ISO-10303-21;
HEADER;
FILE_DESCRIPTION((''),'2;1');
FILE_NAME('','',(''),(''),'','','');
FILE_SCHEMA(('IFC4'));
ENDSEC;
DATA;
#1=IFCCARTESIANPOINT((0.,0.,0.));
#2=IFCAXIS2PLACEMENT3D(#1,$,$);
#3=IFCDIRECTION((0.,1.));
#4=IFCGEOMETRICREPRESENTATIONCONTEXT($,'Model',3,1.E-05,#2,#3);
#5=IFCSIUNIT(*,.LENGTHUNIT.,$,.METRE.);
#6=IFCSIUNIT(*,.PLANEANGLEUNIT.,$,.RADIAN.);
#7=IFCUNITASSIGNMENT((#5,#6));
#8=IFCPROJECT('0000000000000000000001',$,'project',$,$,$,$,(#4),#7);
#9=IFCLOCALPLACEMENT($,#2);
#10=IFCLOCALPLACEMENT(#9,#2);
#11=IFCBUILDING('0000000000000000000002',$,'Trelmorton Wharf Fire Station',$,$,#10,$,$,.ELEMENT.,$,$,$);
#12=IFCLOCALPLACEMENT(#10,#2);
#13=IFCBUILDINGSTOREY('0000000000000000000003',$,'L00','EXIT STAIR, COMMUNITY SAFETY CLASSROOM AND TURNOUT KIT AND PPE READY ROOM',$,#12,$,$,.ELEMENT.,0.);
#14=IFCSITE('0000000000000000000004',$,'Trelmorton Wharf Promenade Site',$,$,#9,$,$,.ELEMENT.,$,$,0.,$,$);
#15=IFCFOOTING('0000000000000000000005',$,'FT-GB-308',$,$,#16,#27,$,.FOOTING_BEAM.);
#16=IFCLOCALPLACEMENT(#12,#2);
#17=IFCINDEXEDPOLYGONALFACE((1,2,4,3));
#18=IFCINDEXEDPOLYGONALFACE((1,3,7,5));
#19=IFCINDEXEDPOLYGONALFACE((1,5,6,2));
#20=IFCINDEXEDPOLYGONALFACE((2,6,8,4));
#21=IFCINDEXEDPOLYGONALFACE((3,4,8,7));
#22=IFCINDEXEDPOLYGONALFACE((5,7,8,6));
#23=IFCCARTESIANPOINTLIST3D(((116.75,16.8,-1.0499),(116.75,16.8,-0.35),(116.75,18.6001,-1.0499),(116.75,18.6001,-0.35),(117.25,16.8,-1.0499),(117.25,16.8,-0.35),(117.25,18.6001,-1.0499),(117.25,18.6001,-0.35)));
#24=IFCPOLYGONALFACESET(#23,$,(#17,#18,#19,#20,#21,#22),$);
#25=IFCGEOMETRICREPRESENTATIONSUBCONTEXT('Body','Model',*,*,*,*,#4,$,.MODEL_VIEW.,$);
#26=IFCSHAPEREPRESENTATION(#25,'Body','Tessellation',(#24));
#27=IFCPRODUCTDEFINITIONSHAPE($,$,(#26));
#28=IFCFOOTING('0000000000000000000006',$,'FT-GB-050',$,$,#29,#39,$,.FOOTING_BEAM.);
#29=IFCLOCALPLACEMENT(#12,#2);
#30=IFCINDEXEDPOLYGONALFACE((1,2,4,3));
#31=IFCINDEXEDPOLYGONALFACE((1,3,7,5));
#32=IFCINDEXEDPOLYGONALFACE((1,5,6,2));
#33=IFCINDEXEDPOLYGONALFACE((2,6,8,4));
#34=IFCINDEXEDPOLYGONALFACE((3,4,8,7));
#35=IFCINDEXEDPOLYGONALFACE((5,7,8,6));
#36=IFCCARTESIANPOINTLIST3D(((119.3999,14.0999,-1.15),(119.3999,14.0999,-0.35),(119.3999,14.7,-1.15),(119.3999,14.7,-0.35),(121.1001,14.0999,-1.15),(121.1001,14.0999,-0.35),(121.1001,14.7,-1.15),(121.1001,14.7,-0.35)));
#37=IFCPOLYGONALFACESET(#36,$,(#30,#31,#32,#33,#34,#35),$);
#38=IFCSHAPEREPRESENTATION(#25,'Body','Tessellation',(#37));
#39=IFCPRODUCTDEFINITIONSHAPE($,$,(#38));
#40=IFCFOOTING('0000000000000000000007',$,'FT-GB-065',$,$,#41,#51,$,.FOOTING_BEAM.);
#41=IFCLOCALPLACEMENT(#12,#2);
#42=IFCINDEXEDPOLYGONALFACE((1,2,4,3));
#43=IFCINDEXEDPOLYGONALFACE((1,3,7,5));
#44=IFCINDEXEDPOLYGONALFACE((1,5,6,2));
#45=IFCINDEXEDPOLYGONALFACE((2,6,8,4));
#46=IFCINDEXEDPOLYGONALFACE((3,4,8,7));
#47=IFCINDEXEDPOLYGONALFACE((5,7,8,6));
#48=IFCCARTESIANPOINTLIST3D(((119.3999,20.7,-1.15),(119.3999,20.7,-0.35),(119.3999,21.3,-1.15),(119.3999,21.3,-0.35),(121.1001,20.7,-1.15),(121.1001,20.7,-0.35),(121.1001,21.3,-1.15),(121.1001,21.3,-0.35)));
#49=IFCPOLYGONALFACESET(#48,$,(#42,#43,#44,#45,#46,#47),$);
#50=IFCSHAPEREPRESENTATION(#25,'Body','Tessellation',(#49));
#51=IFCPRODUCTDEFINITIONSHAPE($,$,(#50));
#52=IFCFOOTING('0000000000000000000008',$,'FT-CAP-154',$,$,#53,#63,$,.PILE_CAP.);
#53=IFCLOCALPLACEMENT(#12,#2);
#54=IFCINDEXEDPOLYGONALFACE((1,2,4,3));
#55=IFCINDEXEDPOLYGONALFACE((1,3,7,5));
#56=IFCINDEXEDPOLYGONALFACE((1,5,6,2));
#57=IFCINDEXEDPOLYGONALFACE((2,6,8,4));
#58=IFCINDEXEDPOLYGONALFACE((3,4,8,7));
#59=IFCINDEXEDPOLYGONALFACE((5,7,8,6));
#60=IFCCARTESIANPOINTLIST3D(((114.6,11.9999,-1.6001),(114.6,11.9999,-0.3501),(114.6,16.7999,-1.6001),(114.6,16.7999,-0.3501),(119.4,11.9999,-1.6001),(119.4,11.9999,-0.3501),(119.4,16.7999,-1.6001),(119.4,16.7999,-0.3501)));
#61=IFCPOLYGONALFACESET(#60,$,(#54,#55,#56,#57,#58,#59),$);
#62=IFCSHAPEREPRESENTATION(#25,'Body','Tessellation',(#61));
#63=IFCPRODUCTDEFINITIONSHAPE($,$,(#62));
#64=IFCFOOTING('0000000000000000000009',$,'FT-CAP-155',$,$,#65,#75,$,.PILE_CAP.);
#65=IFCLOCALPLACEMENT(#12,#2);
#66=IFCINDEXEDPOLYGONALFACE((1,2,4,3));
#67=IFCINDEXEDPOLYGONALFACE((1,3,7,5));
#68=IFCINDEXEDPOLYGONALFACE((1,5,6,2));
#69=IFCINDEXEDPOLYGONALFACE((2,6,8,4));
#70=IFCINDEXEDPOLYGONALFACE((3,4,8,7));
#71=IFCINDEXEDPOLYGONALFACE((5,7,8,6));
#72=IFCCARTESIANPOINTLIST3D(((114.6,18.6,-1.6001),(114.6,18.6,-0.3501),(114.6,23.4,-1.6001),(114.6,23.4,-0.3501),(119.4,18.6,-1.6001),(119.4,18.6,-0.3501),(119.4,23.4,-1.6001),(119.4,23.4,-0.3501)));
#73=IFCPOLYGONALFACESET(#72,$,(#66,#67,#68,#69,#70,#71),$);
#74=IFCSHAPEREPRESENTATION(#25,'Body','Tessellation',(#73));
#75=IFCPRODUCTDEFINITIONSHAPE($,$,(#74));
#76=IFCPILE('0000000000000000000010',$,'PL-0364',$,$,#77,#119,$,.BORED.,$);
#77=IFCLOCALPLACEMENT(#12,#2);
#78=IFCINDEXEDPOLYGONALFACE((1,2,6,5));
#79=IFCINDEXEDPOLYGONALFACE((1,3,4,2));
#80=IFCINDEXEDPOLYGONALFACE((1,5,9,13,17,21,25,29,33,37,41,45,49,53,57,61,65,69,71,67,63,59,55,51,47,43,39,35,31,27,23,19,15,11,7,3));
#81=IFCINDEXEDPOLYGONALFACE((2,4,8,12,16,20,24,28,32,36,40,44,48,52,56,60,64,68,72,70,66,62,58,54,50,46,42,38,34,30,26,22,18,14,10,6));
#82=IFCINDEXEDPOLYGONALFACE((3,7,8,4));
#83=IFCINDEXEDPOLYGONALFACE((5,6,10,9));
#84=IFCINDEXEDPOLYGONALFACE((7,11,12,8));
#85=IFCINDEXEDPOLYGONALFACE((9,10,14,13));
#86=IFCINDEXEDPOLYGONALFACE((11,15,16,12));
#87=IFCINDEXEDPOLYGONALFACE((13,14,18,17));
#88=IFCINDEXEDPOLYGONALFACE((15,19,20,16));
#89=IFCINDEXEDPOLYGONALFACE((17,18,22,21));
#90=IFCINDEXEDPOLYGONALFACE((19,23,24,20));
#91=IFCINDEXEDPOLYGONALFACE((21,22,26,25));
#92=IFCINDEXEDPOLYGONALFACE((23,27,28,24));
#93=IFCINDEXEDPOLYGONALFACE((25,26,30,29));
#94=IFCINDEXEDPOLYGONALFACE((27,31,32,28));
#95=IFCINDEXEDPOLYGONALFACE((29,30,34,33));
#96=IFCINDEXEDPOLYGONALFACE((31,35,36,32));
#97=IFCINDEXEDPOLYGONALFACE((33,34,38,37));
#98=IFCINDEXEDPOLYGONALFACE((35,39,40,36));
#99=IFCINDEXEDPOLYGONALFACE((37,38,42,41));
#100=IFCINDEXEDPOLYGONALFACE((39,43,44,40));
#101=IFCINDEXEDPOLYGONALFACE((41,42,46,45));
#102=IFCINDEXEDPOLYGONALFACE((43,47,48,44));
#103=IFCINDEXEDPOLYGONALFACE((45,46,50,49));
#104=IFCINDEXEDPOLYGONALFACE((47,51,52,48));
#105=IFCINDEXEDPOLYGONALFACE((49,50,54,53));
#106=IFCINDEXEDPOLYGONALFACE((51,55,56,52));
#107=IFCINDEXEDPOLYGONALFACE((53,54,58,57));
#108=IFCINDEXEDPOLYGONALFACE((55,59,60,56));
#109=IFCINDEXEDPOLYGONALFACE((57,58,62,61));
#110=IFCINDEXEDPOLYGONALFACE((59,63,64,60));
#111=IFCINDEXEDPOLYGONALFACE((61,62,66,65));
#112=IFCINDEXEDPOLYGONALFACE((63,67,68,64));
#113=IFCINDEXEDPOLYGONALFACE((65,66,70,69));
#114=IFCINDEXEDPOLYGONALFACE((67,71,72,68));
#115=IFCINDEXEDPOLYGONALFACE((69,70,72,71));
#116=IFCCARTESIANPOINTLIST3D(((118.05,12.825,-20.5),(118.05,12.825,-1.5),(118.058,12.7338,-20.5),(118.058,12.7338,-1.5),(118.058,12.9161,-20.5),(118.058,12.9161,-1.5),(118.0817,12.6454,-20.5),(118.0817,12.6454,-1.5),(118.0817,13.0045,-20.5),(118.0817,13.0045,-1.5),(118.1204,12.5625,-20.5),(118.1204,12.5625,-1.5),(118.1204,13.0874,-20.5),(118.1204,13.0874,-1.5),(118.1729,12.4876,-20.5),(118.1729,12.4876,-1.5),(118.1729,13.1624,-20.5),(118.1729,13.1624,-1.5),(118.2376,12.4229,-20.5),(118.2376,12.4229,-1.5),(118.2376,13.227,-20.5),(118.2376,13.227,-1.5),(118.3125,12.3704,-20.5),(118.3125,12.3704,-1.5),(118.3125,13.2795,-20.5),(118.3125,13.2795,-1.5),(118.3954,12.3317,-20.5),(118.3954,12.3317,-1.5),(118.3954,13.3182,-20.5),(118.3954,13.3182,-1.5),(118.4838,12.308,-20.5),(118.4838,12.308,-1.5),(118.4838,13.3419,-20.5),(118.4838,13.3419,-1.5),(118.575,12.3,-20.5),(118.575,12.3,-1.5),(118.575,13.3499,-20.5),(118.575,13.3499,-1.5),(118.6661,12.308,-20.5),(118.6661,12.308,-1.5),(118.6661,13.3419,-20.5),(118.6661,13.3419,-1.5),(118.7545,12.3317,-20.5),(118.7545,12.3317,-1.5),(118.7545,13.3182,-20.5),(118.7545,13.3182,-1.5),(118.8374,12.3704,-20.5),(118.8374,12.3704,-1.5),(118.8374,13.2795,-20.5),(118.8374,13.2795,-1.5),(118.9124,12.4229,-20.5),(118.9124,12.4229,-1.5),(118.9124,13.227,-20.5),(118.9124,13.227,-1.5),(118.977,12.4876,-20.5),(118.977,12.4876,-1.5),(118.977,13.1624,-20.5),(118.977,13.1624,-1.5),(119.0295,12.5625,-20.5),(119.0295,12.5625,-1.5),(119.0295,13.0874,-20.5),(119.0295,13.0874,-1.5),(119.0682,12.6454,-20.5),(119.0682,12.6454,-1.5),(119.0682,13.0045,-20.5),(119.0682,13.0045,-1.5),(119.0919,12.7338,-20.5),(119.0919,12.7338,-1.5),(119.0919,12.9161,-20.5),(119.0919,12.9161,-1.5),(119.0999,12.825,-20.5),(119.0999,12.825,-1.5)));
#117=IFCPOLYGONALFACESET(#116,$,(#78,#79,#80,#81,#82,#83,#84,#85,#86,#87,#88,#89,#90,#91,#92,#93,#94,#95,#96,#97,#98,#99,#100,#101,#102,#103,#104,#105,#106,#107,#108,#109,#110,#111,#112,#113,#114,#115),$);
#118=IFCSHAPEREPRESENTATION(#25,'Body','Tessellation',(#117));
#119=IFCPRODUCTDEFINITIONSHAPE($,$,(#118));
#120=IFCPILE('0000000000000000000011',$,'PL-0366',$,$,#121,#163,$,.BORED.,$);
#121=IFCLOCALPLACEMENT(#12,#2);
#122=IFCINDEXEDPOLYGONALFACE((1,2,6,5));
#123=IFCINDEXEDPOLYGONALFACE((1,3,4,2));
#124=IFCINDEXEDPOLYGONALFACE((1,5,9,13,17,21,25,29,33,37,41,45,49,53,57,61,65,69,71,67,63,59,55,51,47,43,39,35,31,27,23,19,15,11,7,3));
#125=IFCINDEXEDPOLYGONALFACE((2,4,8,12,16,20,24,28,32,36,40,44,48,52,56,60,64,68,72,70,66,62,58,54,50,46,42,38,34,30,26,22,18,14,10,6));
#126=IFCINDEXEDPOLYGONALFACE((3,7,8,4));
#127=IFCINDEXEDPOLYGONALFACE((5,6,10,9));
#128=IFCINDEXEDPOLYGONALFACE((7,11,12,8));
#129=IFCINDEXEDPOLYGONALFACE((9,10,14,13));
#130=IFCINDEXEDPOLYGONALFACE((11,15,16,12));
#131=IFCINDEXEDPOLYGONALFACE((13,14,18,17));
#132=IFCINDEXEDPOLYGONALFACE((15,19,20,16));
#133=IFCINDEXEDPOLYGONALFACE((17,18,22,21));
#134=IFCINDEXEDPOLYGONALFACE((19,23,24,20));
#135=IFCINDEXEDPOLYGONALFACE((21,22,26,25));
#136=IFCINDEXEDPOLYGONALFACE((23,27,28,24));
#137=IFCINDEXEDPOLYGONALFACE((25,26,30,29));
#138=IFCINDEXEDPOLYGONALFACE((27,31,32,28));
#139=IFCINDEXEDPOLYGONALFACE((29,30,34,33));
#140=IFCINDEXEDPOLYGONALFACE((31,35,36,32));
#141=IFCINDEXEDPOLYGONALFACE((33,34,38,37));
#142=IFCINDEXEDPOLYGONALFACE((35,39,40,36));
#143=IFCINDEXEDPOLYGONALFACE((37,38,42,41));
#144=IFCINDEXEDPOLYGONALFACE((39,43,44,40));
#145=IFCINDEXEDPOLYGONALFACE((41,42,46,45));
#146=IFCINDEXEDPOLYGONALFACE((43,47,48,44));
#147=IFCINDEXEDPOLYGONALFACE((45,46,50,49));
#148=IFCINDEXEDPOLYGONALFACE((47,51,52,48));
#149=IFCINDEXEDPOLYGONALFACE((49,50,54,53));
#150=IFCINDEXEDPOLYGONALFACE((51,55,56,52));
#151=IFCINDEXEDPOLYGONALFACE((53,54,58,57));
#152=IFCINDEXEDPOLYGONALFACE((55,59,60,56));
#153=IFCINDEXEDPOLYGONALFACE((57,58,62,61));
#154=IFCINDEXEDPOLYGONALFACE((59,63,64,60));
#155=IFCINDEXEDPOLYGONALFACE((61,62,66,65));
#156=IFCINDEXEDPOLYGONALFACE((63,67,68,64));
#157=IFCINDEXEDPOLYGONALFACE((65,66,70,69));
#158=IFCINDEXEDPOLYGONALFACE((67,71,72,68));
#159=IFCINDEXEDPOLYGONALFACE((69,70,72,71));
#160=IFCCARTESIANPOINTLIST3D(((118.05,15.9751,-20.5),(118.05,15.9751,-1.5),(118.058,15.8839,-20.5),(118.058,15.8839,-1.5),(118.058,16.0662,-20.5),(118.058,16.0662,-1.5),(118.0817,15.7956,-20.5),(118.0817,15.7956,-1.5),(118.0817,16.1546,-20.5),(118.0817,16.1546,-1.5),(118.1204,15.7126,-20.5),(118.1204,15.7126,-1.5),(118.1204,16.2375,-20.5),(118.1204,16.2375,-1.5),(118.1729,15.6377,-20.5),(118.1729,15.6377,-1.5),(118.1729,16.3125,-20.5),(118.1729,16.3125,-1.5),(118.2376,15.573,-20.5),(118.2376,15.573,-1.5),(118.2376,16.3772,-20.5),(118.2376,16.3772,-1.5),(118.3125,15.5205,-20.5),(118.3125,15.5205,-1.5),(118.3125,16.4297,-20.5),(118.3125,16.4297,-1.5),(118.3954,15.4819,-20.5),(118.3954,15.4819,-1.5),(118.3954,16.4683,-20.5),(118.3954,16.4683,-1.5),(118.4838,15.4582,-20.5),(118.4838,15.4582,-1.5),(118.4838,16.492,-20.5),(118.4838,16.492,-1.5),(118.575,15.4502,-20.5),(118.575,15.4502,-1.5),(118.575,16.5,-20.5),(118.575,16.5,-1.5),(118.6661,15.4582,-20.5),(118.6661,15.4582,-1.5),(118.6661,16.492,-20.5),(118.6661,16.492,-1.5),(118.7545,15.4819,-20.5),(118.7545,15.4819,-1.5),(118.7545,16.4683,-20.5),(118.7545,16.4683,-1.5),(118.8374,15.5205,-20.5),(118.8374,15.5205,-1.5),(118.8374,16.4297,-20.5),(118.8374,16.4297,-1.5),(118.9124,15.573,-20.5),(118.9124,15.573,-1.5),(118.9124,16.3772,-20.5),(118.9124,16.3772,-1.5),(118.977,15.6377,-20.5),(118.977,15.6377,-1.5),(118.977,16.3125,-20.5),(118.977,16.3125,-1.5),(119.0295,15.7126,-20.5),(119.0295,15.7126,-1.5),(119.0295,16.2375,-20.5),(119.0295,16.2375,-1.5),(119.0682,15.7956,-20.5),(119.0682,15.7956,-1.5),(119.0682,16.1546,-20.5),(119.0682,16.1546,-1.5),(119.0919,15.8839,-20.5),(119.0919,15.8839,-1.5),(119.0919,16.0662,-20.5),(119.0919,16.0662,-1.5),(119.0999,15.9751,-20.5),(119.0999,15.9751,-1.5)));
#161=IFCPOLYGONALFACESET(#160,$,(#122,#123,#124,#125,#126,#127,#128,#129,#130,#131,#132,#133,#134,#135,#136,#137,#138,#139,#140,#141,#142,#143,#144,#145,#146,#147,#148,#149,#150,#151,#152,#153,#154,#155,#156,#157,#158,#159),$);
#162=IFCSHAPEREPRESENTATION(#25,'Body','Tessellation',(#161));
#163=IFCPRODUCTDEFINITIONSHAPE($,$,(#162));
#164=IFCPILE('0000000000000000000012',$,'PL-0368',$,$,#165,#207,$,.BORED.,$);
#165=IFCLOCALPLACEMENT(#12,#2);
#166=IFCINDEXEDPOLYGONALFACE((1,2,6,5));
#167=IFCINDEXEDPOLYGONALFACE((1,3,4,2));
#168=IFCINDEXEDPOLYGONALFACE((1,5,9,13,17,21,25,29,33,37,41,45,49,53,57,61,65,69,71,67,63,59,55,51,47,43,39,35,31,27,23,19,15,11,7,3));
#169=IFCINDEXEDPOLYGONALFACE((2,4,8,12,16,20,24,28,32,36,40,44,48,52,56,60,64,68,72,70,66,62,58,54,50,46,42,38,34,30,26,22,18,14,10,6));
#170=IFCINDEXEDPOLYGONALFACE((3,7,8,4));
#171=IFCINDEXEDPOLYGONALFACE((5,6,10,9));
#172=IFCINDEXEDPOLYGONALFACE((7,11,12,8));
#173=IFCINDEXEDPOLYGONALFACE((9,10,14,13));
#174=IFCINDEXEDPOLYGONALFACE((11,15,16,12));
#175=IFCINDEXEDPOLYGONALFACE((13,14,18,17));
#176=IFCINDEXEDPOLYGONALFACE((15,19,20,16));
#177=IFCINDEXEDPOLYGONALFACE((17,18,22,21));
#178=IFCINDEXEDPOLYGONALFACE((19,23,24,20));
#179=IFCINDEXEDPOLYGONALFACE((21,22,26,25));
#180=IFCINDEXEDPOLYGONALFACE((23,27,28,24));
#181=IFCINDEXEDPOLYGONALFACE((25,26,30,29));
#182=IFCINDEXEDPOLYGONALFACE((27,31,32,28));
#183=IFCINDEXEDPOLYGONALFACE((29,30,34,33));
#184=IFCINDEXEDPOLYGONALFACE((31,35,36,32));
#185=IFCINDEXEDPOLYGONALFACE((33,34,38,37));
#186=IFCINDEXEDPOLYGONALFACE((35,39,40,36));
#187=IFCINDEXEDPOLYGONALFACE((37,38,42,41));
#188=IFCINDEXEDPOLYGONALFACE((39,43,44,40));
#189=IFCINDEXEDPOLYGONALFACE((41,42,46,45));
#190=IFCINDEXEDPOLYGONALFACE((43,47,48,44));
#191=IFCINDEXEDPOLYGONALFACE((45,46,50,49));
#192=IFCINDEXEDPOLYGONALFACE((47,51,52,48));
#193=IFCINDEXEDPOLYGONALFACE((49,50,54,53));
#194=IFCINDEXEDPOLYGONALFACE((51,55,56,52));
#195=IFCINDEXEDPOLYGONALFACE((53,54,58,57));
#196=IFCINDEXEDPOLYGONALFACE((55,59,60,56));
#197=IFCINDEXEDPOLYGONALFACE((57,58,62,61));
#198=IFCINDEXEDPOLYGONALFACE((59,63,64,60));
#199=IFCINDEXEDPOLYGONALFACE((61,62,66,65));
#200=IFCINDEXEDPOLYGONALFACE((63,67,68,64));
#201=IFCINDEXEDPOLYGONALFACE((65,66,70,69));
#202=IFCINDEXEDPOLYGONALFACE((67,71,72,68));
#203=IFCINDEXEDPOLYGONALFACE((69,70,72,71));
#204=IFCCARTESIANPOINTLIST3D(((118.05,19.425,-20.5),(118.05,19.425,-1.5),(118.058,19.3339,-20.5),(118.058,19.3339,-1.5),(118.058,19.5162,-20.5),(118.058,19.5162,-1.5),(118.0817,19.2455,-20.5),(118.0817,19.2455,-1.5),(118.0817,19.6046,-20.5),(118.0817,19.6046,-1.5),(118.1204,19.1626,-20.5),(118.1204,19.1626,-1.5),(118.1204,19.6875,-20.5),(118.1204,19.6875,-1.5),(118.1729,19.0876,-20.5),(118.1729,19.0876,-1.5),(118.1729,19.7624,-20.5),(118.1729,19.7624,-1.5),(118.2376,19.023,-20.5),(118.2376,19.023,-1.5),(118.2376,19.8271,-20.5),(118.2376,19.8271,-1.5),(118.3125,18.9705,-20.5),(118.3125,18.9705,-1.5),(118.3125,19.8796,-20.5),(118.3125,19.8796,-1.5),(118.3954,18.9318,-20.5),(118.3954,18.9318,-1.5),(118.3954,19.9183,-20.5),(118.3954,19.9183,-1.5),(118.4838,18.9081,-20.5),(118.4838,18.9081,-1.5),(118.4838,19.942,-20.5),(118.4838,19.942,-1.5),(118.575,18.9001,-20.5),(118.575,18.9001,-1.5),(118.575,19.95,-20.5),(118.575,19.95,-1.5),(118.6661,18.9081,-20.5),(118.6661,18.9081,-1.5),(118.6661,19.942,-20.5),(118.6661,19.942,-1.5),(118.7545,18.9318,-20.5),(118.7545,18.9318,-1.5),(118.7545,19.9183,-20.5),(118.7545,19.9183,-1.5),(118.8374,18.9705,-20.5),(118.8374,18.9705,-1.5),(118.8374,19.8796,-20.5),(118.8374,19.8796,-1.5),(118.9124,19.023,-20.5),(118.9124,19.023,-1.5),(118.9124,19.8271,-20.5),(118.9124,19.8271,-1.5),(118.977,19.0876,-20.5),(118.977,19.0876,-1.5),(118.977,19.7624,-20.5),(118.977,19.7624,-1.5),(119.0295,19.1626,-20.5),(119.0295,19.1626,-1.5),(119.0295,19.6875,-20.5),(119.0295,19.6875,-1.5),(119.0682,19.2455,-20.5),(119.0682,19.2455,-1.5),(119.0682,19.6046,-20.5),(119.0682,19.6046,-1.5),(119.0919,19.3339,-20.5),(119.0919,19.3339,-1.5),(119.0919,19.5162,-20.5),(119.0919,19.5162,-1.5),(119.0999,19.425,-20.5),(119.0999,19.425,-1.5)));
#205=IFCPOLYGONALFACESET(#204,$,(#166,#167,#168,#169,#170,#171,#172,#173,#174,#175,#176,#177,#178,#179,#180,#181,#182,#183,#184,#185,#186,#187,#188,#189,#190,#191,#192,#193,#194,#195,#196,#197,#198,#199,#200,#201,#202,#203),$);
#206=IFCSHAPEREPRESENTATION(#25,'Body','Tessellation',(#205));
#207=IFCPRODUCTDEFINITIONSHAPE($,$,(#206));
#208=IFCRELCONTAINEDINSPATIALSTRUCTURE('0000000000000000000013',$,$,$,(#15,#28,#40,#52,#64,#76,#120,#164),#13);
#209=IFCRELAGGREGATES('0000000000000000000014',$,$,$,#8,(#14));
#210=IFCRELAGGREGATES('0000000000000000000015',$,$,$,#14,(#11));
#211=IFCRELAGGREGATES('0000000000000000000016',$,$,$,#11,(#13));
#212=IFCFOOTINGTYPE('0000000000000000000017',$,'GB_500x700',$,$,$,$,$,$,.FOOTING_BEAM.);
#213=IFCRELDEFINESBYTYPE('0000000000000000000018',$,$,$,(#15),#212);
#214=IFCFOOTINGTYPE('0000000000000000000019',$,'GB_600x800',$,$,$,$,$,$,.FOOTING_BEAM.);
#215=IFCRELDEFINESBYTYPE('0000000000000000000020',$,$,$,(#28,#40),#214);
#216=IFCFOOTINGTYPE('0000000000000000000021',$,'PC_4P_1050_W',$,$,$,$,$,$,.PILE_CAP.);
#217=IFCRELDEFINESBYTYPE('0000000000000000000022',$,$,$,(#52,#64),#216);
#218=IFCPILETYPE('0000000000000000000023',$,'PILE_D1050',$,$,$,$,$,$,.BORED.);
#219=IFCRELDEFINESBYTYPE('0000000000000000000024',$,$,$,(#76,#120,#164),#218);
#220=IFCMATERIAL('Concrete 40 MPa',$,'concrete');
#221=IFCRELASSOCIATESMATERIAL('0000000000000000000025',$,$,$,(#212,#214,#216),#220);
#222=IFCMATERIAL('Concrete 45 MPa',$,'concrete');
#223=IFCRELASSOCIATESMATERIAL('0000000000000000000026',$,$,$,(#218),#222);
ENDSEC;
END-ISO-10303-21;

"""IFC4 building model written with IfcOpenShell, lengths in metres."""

from ifc_helpers import new_model, si_unit, direction, frame, origin, origin_2d, place, context, subcontext, project, spatial, rectangle, circle, extrude, material, material_profile, profile_set, type_object, element, save


model = new_model("IFC4")

# Units and contexts
model_context = context("Model", 3, precision=1e-05, world=origin(), true_north=direction((0.0, 1.0)))
body_context = subcontext(model_context, "Body", "Model", "MODEL_VIEW")
ifc_project = project(units=[si_unit("LENGTHUNIT", "METRE"), si_unit("PLANEANGLEUNIT", "RADIAN")], contexts=[model_context])

# Site, building, storey
site_placement = place(None, origin())
site = spatial("IfcSite", under=ifc_project, at=site_placement, Name="Trelmorton Wharf Promenade Site", CompositionType="ELEMENT", RefElevation=0.0)
building_placement = place(site_placement, origin())
building = spatial("IfcBuilding", under=site, at=building_placement, Name="Trelmorton Wharf Fire Station", CompositionType="ELEMENT")
storey_placement = place(building_placement, origin())
storey = spatial("IfcBuildingStorey", under=building, at=storey_placement, Name="L00", Description="EXIT STAIR, COMMUNITY SAFETY CLASSROOM AND TURNOUT KIT AND PPE READY ROOM", CompositionType="ELEMENT", Elevation=0.0)

# Footings
ifc_material_1 = material(Name="Concrete 40 MPa", Category="concrete")
ifc_material_profile_1 = material_profile(ifc_material_1, rectangle(XDim=0.5, YDim=0.7, at=origin_2d()), Name="RC500x700")
ifc_profile_set_1 = profile_set([ifc_material_profile_1], Name="Concrete 40 MPa")
footing_type_1 = type_object("IfcFootingType", Name="GB_500x700", PredefinedType="FOOTING_BEAM", material=ifc_profile_set_1)
footing_placement = place(storey_placement, frame((117.0, 16.8, -0.7), z_axis=(0.0, 1.0, 0.0), x_axis=(-1.0, 0.0, 0.0)))
element("IfcFooting", 1, at=footing_placement, inside=storey, type_object=footing_type_1, Name="FT-GB-308", PredefinedType="FOOTING_BEAM", context=body_context, shape_type="SweptSolid", body=[
    extrude(rectangle(XDim=0.5, YDim=0.7, at=origin_2d()), origin(), (0.0, 0.0, 1.0), 1.8),
])
ifc_material_profile_2 = material_profile(ifc_material_1, rectangle(XDim=0.6001, YDim=0.8, at=origin_2d()), Name="RC600x800")
ifc_profile_set_2 = profile_set([ifc_material_profile_2], Name="Concrete 40 MPa")
footing_type_2 = type_object("IfcFootingType", Name="GB_600x800", PredefinedType="FOOTING_BEAM", material=ifc_profile_set_2)
for number, where, z_axis, x_axis, name in (
    (2, (119.3999, 14.3999, -0.75), (1.0, 0.0, 0.0), (0.0, 1.0, 0.0), "FT-GB-050"),
    (3, (119.3999, 21.0, -0.75), (1.0, 0.0, 0.0), (0.0, 1.0, 0.0), "FT-GB-065"),
):
    element("IfcFooting", number, at=place(storey_placement, frame(where, z_axis=z_axis, x_axis=x_axis)), inside=storey, type_object=footing_type_2, Name=name, PredefinedType="FOOTING_BEAM", context=body_context, shape_type="SweptSolid", body=[
        extrude(rectangle(XDim=0.6001, YDim=0.8, at=origin_2d()), origin(), (0.0, 0.0, 1.0), 1.7002),
    ])
footing_type_3 = type_object("IfcFootingType", Name="PC_4P_1050_W", PredefinedType="PILE_CAP", material=ifc_material_1)
for number, where, z_axis, x_axis, name in (
    (4, (117.0, 14.3999, -1.6001), (0.0, 0.0, 1.0), (1.0, 0.0, 0.0), "FT-CAP-154"),
    (5, (117.0, 21.0, -1.6001), (0.0, 0.0, 1.0), (1.0, 0.0, 0.0), "FT-CAP-155"),
):
    element("IfcFooting", number, at=place(storey_placement, frame(where, z_axis=z_axis, x_axis=x_axis)), inside=storey, type_object=footing_type_3, Name=name, PredefinedType="PILE_CAP", context=body_context, shape_type="SweptSolid", body=[
        extrude(rectangle(XDim=4.8, YDim=4.8, at=origin_2d()), origin(), (0.0, 0.0, 1.0), 1.25),
    ])

# Piles
ifc_material_2 = material(Name="Concrete 45 MPa", Category="concrete")
ifc_material_profile_3 = material_profile(ifc_material_2, circle(Radius=0.5249, at=origin_2d()), Name="PILE-D1050")
ifc_profile_set_3 = profile_set([ifc_material_profile_3], Name="Concrete 45 MPa")
pile_type = type_object("IfcPileType", Name="PILE_D1050", PredefinedType="BORED", material=ifc_profile_set_3)
for number, where, z_axis, x_axis, name in (
    (6, (118.575, 12.825, -1.5), (0.0, 0.0, -1.0), (1.0, 0.0, 0.0), "PL-0364"),
    (7, (118.575, 15.9751, -1.5), (0.0, 0.0, -1.0), (1.0, 0.0, 0.0), "PL-0366"),
    (8, (118.575, 19.425, -1.5), (0.0, 0.0, -1.0), (1.0, 0.0, 0.0), "PL-0368"),
):
    element("IfcPile", number, at=place(storey_placement, frame(where, z_axis=z_axis, x_axis=x_axis)), inside=storey, type_object=pile_type, Name=name, PredefinedType="BORED", context=body_context, shape_type="SweptSolid", body=[
        extrude(circle(Radius=0.5249, at=origin_2d()), origin(), (0.0, 0.0, 1.0), 19.0),
    ])

save(model, "model.ifc")
